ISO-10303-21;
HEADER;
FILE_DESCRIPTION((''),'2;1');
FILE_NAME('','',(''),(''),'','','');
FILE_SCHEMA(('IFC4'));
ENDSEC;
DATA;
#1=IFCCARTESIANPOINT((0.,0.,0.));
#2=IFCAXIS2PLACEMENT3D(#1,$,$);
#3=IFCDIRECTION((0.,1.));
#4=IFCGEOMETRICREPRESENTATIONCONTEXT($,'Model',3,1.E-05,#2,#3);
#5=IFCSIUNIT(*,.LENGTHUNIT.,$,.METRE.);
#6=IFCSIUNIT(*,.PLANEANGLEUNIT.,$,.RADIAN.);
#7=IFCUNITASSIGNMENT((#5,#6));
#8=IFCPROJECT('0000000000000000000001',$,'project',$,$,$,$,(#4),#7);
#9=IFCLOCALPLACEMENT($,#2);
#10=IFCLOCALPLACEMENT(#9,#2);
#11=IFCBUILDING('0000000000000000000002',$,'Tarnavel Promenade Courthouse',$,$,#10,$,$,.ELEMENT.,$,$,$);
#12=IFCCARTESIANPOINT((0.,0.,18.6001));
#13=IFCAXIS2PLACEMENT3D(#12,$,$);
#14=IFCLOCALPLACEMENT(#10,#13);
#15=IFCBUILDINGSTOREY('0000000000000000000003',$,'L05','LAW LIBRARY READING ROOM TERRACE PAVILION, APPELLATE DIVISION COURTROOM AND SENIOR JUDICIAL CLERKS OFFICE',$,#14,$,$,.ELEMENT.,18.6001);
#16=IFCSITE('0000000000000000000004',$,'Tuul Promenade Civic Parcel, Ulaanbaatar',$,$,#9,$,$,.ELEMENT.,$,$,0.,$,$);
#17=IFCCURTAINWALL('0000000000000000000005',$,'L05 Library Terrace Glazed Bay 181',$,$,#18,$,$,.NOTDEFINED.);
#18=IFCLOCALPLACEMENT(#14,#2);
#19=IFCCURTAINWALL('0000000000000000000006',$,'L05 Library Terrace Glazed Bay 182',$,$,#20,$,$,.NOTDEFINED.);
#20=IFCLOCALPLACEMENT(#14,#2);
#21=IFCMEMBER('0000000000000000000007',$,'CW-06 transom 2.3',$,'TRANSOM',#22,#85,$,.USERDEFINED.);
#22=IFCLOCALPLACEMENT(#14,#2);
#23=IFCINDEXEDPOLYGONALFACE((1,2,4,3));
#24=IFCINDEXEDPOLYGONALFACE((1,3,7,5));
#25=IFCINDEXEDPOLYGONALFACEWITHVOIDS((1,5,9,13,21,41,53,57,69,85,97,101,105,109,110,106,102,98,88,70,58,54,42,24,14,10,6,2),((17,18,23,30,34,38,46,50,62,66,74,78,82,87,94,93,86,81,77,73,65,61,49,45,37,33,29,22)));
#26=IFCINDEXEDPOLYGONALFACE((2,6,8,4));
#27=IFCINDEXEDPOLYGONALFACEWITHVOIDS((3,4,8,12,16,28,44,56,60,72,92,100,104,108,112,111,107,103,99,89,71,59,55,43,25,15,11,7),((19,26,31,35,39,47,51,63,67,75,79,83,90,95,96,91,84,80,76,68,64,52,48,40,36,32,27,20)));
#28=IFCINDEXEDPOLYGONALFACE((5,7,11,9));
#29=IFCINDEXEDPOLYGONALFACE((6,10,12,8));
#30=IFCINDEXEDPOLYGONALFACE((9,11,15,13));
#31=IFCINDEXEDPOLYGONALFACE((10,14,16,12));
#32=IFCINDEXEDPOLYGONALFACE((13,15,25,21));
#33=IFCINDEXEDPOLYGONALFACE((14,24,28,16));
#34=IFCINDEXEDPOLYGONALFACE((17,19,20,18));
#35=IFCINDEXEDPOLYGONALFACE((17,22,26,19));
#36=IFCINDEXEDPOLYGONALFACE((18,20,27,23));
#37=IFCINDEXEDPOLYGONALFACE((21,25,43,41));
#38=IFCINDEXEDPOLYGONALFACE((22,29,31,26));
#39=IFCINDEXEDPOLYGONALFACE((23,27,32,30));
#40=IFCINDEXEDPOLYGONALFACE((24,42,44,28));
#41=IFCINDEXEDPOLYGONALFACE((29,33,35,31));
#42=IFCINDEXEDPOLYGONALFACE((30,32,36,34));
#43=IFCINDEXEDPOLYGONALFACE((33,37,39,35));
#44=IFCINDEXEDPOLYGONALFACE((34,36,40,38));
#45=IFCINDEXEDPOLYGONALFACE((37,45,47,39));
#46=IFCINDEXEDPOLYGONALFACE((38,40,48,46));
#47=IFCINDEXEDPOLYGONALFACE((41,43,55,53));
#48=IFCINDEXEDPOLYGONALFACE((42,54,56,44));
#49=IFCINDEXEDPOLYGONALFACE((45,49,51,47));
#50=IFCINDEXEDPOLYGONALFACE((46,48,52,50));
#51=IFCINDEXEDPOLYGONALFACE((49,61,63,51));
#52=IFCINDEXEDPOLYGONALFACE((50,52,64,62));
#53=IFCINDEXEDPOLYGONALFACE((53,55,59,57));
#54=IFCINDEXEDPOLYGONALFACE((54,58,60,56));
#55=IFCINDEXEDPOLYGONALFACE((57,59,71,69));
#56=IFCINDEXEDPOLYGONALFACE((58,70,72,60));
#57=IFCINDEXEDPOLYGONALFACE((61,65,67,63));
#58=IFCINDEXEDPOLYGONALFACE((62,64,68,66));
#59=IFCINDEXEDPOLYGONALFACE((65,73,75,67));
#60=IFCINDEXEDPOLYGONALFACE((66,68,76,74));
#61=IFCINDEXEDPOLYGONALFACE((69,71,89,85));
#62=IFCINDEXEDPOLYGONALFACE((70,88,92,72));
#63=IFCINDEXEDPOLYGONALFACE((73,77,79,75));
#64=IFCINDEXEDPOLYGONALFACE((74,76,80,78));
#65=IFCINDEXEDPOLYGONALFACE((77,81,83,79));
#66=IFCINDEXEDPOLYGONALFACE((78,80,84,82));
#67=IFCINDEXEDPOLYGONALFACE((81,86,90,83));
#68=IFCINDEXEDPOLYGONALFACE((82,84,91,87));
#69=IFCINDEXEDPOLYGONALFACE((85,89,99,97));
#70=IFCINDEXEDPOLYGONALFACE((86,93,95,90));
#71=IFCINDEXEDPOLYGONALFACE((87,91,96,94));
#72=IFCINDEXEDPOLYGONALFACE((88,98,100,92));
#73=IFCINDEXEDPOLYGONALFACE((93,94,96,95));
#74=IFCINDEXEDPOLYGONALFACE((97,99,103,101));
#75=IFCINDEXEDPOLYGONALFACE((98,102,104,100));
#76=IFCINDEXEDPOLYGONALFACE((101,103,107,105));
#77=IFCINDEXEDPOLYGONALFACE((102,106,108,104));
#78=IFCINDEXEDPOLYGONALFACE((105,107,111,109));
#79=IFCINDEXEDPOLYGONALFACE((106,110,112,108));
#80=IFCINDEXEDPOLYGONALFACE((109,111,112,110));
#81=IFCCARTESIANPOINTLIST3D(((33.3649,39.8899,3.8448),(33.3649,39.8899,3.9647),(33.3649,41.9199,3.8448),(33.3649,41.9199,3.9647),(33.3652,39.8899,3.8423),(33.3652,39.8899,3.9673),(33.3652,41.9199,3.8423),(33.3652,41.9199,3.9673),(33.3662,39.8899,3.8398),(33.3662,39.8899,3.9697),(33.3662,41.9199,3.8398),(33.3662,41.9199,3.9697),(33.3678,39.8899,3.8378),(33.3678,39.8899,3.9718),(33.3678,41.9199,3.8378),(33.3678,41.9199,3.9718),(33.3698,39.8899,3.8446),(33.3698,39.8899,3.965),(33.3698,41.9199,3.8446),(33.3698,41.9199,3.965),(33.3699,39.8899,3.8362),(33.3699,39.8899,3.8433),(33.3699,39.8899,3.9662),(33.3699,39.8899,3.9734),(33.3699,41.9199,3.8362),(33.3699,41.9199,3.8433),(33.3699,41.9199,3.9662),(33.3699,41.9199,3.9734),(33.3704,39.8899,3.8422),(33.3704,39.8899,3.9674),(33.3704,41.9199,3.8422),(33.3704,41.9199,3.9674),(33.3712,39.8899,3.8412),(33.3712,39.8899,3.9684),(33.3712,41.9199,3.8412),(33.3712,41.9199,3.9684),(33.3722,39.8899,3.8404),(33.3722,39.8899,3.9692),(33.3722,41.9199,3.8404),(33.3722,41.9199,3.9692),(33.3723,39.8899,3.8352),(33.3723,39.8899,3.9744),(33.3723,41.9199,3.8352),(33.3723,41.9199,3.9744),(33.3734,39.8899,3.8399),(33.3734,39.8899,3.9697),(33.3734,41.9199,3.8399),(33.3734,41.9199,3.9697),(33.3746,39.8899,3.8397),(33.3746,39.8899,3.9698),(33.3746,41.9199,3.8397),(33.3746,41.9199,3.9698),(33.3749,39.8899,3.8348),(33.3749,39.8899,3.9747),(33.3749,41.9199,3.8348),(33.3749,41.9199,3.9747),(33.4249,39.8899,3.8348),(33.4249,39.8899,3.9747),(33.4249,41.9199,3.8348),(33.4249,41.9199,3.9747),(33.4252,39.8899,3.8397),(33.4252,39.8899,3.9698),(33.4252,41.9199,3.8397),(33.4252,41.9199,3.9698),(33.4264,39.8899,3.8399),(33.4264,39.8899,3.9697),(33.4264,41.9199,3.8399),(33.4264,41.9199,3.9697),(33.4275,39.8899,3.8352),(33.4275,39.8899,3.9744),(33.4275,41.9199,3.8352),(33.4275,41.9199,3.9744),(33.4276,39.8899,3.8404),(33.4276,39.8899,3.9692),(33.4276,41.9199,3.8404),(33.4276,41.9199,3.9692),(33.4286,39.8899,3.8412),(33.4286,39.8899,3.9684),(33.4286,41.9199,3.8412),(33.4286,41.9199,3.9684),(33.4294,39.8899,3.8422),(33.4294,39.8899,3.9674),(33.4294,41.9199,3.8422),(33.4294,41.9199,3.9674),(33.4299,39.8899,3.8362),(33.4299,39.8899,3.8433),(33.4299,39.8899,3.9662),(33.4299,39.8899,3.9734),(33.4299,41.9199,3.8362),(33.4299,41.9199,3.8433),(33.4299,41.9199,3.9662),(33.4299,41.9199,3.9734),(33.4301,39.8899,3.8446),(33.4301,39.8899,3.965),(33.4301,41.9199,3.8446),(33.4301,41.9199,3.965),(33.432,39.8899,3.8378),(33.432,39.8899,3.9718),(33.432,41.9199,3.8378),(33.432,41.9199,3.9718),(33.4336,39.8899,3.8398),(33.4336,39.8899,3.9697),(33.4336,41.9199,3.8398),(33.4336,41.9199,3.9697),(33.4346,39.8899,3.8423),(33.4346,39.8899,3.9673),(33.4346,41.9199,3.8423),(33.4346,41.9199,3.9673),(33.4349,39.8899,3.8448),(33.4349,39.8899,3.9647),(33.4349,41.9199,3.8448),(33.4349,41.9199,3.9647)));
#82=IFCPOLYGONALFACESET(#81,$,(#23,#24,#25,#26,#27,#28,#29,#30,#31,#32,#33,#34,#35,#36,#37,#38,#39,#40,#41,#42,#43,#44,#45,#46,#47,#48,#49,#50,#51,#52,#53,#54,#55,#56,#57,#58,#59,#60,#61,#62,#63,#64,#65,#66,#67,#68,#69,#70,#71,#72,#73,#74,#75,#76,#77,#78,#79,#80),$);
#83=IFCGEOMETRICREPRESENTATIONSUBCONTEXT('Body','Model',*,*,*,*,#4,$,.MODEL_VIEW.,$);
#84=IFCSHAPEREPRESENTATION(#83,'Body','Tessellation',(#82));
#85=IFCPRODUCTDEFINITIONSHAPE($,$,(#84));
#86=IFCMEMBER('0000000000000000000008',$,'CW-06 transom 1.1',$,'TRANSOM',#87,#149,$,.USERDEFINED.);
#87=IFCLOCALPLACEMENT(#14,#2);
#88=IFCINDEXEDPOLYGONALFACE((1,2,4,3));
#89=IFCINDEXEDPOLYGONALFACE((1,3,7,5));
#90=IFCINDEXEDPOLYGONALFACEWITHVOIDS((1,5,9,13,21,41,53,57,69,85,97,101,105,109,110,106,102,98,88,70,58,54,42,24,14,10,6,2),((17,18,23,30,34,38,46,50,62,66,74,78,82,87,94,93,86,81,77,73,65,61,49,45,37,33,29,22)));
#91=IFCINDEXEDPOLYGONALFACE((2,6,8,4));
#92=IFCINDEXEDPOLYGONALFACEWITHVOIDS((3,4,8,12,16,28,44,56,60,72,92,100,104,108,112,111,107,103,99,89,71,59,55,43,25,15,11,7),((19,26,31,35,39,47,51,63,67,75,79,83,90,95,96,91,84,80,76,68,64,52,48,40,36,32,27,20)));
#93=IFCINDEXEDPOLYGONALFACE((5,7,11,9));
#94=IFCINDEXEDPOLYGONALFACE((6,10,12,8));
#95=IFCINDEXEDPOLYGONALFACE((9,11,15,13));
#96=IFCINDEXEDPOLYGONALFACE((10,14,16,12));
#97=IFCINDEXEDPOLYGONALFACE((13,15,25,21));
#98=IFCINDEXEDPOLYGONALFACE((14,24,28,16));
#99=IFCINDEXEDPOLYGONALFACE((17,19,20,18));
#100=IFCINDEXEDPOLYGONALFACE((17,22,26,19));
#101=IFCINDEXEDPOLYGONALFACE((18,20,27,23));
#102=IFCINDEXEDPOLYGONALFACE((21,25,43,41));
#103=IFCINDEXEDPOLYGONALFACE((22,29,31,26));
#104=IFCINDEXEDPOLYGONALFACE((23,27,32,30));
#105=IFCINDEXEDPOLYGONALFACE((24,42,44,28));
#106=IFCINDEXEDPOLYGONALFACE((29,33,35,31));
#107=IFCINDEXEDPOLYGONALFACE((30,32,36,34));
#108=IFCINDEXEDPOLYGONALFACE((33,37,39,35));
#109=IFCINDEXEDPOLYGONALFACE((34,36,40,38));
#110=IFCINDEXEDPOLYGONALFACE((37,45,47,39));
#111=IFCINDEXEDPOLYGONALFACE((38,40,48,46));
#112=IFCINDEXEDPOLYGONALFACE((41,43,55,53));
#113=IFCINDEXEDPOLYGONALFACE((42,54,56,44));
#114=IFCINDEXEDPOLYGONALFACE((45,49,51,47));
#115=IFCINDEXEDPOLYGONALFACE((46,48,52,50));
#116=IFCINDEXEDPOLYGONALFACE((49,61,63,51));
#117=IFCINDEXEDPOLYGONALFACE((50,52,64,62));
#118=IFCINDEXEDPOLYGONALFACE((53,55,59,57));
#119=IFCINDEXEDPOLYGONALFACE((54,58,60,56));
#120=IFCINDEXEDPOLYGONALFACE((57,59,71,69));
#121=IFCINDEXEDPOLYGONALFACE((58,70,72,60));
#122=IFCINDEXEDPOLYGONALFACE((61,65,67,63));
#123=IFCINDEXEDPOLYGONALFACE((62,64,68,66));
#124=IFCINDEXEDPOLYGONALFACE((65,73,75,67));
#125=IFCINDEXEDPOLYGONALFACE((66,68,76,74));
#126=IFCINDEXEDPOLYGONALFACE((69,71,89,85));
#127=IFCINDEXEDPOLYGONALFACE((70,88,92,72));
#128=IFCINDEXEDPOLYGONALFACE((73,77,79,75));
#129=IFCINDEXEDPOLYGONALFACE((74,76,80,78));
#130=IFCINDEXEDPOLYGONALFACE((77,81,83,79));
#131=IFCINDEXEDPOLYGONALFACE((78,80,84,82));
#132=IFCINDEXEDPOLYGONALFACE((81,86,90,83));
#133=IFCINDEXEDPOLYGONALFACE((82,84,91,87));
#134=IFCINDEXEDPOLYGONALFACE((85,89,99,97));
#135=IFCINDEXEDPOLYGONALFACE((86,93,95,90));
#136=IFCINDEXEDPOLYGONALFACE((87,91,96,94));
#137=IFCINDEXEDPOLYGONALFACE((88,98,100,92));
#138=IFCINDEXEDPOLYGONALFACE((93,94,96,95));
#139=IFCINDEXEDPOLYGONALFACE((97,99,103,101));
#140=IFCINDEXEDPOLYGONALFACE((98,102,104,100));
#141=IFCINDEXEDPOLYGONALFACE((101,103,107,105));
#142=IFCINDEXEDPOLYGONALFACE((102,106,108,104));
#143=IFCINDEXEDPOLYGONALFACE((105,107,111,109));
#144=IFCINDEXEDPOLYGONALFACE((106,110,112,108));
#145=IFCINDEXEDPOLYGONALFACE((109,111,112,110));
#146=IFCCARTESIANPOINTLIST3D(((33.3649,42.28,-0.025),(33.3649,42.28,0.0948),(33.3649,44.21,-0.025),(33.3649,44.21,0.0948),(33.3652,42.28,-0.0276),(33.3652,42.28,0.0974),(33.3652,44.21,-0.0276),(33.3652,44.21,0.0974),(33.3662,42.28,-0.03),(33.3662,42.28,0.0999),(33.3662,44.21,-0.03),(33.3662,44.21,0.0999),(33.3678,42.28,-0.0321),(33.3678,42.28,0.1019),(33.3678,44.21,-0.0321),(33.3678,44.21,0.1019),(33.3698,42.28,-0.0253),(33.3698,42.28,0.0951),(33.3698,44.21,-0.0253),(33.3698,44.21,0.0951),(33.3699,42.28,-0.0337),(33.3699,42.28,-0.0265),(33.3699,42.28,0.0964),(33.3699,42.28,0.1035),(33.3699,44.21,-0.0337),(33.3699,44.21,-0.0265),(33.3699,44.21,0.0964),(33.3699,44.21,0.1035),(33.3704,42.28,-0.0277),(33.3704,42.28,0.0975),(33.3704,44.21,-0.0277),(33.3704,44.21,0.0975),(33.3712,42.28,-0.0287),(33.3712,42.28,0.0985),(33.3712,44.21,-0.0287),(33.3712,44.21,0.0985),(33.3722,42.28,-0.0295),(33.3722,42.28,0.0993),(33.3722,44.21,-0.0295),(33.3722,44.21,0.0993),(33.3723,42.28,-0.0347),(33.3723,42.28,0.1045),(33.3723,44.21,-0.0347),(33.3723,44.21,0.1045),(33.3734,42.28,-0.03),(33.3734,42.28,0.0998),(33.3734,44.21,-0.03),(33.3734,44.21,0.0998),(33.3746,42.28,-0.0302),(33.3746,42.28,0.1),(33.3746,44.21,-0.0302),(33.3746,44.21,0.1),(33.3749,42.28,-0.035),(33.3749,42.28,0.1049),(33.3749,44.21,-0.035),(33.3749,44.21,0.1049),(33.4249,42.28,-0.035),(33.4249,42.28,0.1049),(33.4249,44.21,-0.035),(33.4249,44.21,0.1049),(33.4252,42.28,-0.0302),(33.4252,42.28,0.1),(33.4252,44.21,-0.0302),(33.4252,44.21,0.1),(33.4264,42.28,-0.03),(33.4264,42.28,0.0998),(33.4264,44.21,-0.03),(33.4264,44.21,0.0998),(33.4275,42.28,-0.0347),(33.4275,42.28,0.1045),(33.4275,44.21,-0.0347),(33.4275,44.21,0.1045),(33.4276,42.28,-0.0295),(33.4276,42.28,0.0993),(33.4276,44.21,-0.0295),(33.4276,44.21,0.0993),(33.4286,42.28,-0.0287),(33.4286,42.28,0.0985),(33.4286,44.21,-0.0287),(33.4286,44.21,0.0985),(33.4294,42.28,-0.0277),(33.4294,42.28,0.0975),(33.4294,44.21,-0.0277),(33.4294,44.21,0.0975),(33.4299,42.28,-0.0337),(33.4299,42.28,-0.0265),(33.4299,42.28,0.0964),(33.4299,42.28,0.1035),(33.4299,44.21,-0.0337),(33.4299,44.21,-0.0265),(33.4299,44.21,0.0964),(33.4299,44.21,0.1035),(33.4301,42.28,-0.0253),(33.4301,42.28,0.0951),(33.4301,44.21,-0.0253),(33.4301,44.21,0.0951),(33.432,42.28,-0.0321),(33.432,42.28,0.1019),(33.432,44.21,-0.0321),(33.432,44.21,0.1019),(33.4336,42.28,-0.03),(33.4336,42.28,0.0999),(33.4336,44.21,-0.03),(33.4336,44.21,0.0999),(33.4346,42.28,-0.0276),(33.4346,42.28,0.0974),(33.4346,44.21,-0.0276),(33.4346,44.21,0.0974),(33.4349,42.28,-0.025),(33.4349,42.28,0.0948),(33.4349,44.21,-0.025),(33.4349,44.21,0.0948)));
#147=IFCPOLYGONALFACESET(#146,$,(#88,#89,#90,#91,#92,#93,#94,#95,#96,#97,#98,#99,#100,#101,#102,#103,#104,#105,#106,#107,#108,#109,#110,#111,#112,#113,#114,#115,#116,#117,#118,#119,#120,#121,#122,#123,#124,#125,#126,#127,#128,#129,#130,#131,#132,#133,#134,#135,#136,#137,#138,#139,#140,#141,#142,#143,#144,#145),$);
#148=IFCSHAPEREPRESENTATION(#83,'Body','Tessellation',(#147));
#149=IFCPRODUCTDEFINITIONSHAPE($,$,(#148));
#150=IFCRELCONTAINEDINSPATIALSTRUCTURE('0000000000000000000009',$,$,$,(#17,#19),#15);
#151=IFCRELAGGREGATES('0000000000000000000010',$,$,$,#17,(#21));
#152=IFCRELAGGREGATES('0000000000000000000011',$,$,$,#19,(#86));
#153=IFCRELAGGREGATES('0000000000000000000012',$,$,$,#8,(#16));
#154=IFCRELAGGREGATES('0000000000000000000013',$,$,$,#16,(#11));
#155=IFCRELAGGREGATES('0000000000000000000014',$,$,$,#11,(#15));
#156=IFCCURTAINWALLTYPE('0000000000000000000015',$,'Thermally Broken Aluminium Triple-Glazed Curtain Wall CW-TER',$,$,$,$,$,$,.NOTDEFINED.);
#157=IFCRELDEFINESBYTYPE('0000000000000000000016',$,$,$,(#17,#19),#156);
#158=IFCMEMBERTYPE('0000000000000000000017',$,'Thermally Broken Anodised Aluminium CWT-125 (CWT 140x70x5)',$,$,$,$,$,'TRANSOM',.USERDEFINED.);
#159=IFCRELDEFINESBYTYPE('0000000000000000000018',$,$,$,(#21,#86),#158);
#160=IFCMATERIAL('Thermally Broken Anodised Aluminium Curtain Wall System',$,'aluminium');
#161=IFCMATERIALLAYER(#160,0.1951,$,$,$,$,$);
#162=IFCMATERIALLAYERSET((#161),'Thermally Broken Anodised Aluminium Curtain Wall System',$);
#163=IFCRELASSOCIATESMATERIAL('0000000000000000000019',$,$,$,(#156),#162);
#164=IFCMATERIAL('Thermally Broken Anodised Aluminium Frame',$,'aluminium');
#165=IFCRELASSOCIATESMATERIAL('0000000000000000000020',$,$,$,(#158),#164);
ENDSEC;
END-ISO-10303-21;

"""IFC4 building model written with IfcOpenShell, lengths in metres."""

from ifc_helpers import new_model, si_unit, direction, frame, origin, origin_2d, place, context, subcontext, project, spatial, hollow_rectangle, extrude, material, layer, layer_set, material_profile, profile_set, type_object, element, aggregate, save


model = new_model("IFC4")

# Units and contexts
model_context = context("Model", 3, precision=1e-05, world=origin(), true_north=direction((0.0, 1.0)))
body_context = subcontext(model_context, "Body", "Model", "MODEL_VIEW")
ifc_project = project(units=[si_unit("LENGTHUNIT", "METRE"), si_unit("PLANEANGLEUNIT", "RADIAN")], contexts=[model_context])

# Site, building, storey
site_placement = place(None, origin())
site = spatial("IfcSite", under=ifc_project, at=site_placement, Name="Tuul Promenade Civic Parcel, Ulaanbaatar", CompositionType="ELEMENT", RefElevation=0.0)
building_placement = place(site_placement, origin())
building = spatial("IfcBuilding", under=site, at=building_placement, Name="Tarnavel Promenade Courthouse", CompositionType="ELEMENT")
storey_placement = place(building_placement, frame((0.0, 0.0, 18.6001)))
storey = spatial("IfcBuildingStorey", under=building, at=storey_placement, Name="L05", Description="LAW LIBRARY READING ROOM TERRACE PAVILION, APPELLATE DIVISION COURTROOM AND SENIOR JUDICIAL CLERKS OFFICE", CompositionType="ELEMENT", Elevation=18.6001)

# Curtain walls
ifc_material_1 = material(Name="Thermally Broken Anodised Aluminium Curtain Wall System", Category="aluminium")
ifc_layer_1 = layer(ifc_material_1, 0.1951)
ifc_layer_set_1 = layer_set([ifc_layer_1], Name="Thermally Broken Anodised Aluminium Curtain Wall System")
curtain_wall_type = type_object("IfcCurtainWallType", Name="Thermally Broken Aluminium Triple-Glazed Curtain Wall CW-TER", PredefinedType="NOTDEFINED", material=ifc_layer_set_1)
curtain_wall_1_placement = place(storey_placement, origin())
curtain_wall_1 = element("IfcCurtainWall", 1, at=curtain_wall_1_placement, inside=storey, type_object=curtain_wall_type, Name="L05 Library Terrace Glazed Bay 181", PredefinedType="NOTDEFINED")
ifc_material_2 = material(Name="Thermally Broken Anodised Aluminium Frame", Category="aluminium")
curtain_wall_2_placement = place(storey_placement, origin())
curtain_wall_2 = element("IfcCurtainWall", 2, at=curtain_wall_2_placement, inside=storey, type_object=curtain_wall_type, Name="L05 Library Terrace Glazed Bay 182", PredefinedType="NOTDEFINED")

# Members
ifc_material_profile_1 = material_profile(ifc_material_2, hollow_rectangle(XDim=0.0701, YDim=0.1399, WallThickness=0.0049, InnerFilletRadius=0.0049, OuterFilletRadius=0.01, at=origin_2d()), Name="CWT 140x70x5")
ifc_profile_set_1 = profile_set([ifc_material_profile_1], Name="Thermally Broken Anodised Aluminium Frame")
member_type_1 = type_object("IfcMemberType", Name="Thermally Broken Anodised Aluminium CWT-125 (CWT 140x70x5)", ElementType="TRANSOM", PredefinedType="USERDEFINED", material=ifc_profile_set_1)
member_1_placement = place(storey_placement, frame((33.3999, 39.8899, 3.9048), z_axis=(0.0, 1.0, 0.0), x_axis=(-1.0, 0.0, 0.0)))
member_1 = element("IfcMember", 3, at=member_1_placement, type_object=member_type_1, Name="CW-06 transom 2.3", ObjectType="TRANSOM", PredefinedType="USERDEFINED", context=body_context, shape_type="SweptSolid", body=[
    extrude(hollow_rectangle(XDim=0.0701, YDim=0.1399, WallThickness=0.0049, InnerFilletRadius=0.0049, OuterFilletRadius=0.01, at=origin_2d()), origin(), (0.0, 0.0, 1.0), 2.03),
])
member_2_placement = place(storey_placement, frame((33.3999, 42.28, 0.0349), z_axis=(0.0, 1.0, 0.0), x_axis=(-1.0, 0.0, 0.0)))
member_2 = element("IfcMember", 4, at=member_2_placement, type_object=member_type_1, Name="CW-06 transom 1.1", ObjectType="TRANSOM", PredefinedType="USERDEFINED", context=body_context, shape_type="SweptSolid", body=[
    extrude(hollow_rectangle(XDim=0.0701, YDim=0.1399, WallThickness=0.0049, InnerFilletRadius=0.0049, OuterFilletRadius=0.01, at=origin_2d()), origin(), (0.0, 0.0, 1.0), 1.9299),
])

aggregate(curtain_wall_1, [member_1])
aggregate(curtain_wall_2, [member_2])

save(model, "model.ifc")
